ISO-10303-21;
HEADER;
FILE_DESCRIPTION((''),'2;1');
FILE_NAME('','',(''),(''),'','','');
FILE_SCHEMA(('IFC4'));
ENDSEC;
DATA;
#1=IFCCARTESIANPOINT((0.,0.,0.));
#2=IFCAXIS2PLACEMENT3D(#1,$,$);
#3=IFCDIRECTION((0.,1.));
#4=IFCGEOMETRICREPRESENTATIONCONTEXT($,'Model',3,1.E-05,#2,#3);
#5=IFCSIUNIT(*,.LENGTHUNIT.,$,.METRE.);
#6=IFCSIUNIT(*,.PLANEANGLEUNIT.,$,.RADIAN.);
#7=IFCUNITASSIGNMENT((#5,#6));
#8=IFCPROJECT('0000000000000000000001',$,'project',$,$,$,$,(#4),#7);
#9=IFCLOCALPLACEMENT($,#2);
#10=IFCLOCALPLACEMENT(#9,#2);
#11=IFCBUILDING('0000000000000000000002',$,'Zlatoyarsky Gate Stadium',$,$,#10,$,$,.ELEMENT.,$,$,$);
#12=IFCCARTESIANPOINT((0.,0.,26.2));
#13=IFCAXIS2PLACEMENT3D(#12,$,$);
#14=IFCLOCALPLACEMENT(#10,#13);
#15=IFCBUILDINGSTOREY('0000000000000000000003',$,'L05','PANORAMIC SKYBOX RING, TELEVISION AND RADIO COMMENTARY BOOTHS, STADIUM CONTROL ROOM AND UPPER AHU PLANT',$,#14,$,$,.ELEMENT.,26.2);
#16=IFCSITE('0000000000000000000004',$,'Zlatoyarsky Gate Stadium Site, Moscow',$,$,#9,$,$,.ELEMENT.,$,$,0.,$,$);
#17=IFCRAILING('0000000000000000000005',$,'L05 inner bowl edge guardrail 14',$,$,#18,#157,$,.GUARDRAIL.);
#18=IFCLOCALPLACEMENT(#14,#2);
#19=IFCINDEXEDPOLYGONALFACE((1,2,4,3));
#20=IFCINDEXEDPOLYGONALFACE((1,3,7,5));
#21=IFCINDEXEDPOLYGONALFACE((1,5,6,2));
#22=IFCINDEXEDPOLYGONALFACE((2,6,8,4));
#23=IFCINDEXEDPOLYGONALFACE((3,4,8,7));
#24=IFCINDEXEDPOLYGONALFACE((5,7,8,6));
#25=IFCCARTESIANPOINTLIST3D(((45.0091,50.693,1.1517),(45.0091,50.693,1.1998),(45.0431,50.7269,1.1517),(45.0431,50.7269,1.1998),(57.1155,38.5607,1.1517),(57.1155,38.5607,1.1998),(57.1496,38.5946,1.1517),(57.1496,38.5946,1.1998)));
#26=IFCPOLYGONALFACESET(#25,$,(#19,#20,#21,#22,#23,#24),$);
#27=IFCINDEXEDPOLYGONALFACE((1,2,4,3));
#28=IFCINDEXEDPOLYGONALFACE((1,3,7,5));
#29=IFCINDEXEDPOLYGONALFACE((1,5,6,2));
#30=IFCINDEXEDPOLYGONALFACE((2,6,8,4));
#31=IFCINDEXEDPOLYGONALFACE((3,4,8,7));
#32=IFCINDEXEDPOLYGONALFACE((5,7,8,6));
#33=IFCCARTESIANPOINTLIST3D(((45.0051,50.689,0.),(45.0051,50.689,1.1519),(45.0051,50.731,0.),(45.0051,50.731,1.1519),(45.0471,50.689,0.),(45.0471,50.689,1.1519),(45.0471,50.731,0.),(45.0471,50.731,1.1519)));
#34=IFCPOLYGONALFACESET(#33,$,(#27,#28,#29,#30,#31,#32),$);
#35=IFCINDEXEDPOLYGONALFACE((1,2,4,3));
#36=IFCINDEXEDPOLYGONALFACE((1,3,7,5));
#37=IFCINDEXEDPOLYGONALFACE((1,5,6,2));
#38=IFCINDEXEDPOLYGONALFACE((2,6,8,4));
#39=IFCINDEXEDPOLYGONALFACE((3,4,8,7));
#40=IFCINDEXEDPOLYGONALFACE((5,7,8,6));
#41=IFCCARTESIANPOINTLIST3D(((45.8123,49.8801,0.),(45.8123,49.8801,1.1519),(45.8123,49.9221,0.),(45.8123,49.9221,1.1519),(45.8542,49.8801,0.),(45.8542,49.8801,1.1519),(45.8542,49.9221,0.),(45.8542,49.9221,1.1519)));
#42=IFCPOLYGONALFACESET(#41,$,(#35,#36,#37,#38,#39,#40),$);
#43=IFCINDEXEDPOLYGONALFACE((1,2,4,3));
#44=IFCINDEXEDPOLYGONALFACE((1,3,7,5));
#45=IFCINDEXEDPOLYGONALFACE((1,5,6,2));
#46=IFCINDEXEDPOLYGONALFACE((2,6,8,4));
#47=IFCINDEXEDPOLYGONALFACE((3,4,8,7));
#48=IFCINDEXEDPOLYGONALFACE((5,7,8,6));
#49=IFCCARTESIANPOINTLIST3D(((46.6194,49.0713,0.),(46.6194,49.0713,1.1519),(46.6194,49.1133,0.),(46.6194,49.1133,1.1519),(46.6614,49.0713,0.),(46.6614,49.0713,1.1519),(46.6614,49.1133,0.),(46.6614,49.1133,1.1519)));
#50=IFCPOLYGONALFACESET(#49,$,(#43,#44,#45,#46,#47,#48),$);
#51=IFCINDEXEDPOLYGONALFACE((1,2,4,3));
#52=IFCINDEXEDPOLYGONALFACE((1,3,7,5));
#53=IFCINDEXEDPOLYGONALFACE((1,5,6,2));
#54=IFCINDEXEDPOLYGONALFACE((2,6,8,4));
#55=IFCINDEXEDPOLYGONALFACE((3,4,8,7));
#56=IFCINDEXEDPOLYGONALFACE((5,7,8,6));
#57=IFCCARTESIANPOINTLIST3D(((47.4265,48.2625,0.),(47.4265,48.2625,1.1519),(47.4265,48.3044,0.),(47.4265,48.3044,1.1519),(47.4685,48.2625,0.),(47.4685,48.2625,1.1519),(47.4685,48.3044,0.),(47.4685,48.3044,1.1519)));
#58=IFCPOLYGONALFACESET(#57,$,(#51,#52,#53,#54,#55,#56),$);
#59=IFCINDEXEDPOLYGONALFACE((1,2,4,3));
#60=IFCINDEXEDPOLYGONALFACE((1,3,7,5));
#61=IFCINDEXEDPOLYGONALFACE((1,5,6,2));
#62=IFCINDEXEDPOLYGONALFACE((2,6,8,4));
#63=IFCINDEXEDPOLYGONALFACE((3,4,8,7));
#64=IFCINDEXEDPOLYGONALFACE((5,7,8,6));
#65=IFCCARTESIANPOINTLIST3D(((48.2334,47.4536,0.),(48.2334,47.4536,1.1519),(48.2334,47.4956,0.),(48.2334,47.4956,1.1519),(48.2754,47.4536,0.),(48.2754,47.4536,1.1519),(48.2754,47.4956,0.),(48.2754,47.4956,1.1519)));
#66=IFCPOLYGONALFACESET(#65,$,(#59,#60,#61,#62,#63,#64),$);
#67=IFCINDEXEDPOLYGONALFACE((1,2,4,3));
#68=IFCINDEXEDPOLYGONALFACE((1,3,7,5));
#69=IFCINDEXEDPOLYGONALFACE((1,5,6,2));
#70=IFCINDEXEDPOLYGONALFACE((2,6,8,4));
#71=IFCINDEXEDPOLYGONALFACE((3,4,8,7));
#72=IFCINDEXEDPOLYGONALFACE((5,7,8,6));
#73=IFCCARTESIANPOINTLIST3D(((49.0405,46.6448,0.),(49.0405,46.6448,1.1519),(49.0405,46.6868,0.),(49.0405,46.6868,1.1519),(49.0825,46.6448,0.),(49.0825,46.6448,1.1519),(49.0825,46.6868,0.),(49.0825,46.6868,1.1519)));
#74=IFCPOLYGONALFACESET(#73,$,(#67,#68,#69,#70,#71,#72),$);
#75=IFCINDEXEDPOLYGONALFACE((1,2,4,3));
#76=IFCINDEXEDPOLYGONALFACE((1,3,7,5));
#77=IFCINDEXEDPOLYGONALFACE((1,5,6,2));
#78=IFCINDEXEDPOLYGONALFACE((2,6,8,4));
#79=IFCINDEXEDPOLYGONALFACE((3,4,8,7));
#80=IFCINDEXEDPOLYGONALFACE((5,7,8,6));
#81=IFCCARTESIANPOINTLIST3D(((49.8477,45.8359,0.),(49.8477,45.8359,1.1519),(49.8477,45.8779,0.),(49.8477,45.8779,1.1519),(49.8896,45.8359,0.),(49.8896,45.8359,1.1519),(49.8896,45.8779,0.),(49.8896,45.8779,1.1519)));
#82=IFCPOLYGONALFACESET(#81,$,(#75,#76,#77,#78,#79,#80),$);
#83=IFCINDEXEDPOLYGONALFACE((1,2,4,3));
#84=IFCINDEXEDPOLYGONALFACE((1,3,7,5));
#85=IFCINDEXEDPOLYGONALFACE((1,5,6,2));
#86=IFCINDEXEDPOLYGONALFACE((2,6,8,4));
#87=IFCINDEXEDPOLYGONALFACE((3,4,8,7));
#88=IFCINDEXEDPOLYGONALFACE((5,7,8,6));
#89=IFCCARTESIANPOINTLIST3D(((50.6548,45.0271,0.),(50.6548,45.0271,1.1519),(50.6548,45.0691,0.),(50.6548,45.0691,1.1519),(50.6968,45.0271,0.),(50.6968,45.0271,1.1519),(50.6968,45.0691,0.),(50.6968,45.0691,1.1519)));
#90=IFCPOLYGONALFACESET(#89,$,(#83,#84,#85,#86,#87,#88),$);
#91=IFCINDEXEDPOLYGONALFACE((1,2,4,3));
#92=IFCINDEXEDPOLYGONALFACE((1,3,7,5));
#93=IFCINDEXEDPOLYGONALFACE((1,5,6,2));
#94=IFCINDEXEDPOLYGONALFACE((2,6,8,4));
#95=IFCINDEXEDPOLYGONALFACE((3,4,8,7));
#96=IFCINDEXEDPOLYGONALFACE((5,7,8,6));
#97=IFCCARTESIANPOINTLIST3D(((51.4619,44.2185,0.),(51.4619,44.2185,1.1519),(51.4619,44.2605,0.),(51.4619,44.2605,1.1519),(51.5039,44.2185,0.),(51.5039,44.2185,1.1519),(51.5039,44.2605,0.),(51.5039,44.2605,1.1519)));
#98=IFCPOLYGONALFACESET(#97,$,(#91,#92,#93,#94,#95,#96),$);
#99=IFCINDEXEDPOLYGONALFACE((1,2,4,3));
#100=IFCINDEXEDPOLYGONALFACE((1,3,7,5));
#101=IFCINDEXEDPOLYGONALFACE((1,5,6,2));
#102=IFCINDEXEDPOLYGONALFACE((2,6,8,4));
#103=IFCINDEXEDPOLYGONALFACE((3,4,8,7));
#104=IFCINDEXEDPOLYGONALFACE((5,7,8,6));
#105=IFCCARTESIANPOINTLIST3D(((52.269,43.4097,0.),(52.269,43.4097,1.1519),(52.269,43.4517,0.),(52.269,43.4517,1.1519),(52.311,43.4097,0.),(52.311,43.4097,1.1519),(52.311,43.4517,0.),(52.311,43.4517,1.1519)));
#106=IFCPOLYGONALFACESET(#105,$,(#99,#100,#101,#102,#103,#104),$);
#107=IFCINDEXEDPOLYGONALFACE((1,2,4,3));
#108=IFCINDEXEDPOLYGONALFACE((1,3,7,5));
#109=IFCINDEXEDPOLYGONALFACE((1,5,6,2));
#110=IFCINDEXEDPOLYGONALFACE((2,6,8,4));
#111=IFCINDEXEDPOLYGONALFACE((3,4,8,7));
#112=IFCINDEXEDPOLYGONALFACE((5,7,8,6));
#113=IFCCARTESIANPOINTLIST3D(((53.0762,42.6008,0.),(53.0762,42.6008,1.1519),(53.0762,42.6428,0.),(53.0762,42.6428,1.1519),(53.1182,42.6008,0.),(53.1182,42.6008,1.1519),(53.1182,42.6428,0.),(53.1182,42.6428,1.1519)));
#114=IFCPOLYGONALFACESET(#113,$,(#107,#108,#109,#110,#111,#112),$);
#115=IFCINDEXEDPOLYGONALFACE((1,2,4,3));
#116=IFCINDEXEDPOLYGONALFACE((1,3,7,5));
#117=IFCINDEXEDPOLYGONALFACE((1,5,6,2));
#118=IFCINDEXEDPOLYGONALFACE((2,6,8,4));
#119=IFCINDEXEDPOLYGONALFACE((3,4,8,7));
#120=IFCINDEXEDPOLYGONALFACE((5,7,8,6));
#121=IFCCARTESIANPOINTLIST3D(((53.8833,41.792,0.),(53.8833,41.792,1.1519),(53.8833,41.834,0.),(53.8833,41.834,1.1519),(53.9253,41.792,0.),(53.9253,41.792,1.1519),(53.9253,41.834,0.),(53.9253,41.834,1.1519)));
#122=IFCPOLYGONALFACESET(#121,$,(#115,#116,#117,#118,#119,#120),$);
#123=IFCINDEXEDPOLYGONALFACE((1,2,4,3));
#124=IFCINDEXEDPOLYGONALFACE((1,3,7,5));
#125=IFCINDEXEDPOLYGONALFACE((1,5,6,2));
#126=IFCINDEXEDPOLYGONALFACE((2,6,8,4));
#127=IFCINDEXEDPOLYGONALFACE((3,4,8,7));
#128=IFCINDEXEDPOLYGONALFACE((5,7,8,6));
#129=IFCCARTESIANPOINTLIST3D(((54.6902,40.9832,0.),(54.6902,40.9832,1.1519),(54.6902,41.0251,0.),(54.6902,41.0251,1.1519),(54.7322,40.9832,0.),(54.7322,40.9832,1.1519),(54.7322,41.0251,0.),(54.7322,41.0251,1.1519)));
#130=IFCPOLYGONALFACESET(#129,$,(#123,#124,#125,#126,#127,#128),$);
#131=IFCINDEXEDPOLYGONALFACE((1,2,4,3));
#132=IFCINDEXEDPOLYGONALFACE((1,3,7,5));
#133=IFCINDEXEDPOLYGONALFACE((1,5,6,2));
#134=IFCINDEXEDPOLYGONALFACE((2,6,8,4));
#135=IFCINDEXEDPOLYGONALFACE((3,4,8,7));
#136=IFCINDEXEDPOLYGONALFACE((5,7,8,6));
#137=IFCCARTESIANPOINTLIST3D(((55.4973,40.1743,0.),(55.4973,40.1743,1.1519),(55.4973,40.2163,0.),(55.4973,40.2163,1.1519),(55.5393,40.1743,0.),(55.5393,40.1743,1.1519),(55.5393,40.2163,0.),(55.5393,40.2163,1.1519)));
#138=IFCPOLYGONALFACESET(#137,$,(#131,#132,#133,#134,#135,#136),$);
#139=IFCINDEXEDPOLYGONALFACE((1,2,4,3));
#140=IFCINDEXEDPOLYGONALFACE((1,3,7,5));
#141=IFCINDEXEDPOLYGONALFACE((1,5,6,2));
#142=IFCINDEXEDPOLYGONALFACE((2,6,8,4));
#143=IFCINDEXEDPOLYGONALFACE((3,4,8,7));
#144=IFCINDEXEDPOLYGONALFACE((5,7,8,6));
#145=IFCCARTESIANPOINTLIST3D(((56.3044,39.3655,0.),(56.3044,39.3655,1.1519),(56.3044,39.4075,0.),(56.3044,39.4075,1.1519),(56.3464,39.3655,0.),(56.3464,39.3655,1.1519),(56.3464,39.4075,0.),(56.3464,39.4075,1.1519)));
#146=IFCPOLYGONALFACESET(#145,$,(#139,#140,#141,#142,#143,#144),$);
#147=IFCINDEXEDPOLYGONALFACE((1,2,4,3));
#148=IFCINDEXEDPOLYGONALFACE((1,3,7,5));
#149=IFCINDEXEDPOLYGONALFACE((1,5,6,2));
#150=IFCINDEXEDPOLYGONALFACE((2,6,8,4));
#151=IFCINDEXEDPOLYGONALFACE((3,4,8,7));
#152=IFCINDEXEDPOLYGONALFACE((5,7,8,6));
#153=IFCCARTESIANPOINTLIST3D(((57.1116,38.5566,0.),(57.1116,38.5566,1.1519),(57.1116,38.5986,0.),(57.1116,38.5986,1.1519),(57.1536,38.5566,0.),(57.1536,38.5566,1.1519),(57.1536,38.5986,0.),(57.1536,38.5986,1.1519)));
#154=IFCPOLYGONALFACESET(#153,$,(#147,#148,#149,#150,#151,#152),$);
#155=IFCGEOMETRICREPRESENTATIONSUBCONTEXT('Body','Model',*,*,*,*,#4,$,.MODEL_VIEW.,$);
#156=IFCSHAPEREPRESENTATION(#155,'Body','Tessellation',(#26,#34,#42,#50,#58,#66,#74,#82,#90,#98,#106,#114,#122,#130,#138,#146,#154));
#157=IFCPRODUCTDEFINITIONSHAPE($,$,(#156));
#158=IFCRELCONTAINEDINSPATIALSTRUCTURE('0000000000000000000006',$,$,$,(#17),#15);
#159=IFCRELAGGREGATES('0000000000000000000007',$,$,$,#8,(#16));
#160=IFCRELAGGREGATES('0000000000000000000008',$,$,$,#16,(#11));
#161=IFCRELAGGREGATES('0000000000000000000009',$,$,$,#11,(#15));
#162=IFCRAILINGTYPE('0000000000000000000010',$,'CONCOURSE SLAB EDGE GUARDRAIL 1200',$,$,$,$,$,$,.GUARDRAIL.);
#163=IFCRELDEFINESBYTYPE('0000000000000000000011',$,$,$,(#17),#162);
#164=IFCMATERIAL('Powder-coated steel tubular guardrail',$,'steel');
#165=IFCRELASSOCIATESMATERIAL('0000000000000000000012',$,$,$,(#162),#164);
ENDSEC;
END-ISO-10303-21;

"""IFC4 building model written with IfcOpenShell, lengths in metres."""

from ifc_helpers import new_model, si_unit, direction, frame, origin, origin_2d, place, context, subcontext, project, spatial, rectangle, extrude, material, type_object, element, save


model = new_model("IFC4")

# Units and contexts
model_context = context("Model", 3, precision=1e-05, world=origin(), true_north=direction((0.0, 1.0)))
body_context = subcontext(model_context, "Body", "Model", "MODEL_VIEW")
ifc_project = project(units=[si_unit("LENGTHUNIT", "METRE"), si_unit("PLANEANGLEUNIT", "RADIAN")], contexts=[model_context])

# Site, building, storey
site_placement = place(None, origin())
site = spatial("IfcSite", under=ifc_project, at=site_placement, Name="Zlatoyarsky Gate Stadium Site, Moscow", CompositionType="ELEMENT", RefElevation=0.0)
building_placement = place(site_placement, origin())
building = spatial("IfcBuilding", under=site, at=building_placement, Name="Zlatoyarsky Gate Stadium", CompositionType="ELEMENT")
storey_placement = place(building_placement, frame((0.0, 0.0, 26.2)))
storey = spatial("IfcBuildingStorey", under=building, at=storey_placement, Name="L05", Description="PANORAMIC SKYBOX RING, TELEVISION AND RADIO COMMENTARY BOOTHS, STADIUM CONTROL ROOM AND UPPER AHU PLANT", CompositionType="ELEMENT", Elevation=26.2)

# Railing
ifc_material_1 = material(Name="Powder-coated steel tubular guardrail", Category="steel")
railing_type = type_object("IfcRailingType", Name="CONCOURSE SLAB EDGE GUARDRAIL 1200", PredefinedType="GUARDRAIL", material=ifc_material_1)
railing_1_placement = place(storey_placement, frame((45.0261, 50.71, 0.0)))
element("IfcRailing", 1, at=railing_1_placement, inside=storey, type_object=railing_type, Name="L05 inner bowl edge guardrail 14", PredefinedType="GUARDRAIL", context=body_context, shape_type="SweptSolid", body=[
    extrude(rectangle(XDim=0.0481, YDim=0.0481, at=origin_2d()), frame((0.0, 0.0, 1.1758), z_axis=(0.706351, -0.707861, 0.0), x_axis=(0.707861, 0.706351, 0.0)), (0.0, 0.0, 1.0), 17.1394),
    extrude(rectangle(XDim=0.042, YDim=0.042, at=origin_2d()), origin(), (0.0, 0.0, 1.0), 1.1519),
    extrude(rectangle(XDim=0.042, YDim=0.042, at=origin_2d()), frame((0.8071, -0.8088, 0.0)), (0.0, 0.0, 1.0), 1.1519),
    extrude(rectangle(XDim=0.042, YDim=0.042, at=origin_2d()), frame((1.6143, -1.6177, 0.0)), (0.0, 0.0, 1.0), 1.1519),
    extrude(rectangle(XDim=0.042, YDim=0.042, at=origin_2d()), frame((2.4214, -2.4265, 0.0)), (0.0, 0.0, 1.0), 1.1519),
    extrude(rectangle(XDim=0.042, YDim=0.042, at=origin_2d()), frame((3.2283, -3.2354, 0.0)), (0.0, 0.0, 1.0), 1.1519),
    extrude(rectangle(XDim=0.042, YDim=0.042, at=origin_2d()), frame((4.0354, -4.0442, 0.0)), (0.0, 0.0, 1.0), 1.1519),
    extrude(rectangle(XDim=0.042, YDim=0.042, at=origin_2d()), frame((4.8425, -4.853, 0.0)), (0.0, 0.0, 1.0), 1.1519),
    extrude(rectangle(XDim=0.042, YDim=0.042, at=origin_2d()), frame((5.6497, -5.6619, 0.0)), (0.0, 0.0, 1.0), 1.1519),
    extrude(rectangle(XDim=0.042, YDim=0.042, at=origin_2d()), frame((6.4568, -6.4705, 0.0)), (0.0, 0.0, 1.0), 1.1519),
    extrude(rectangle(XDim=0.042, YDim=0.042, at=origin_2d()), frame((7.2639, -7.2793, 0.0)), (0.0, 0.0, 1.0), 1.1519),
    extrude(rectangle(XDim=0.042, YDim=0.042, at=origin_2d()), frame((8.071, -8.0881, 0.0)), (0.0, 0.0, 1.0), 1.1519),
    extrude(rectangle(XDim=0.042, YDim=0.042, at=origin_2d()), frame((8.8782, -8.897, 0.0)), (0.0, 0.0, 1.0), 1.1519),
    extrude(rectangle(XDim=0.042, YDim=0.042, at=origin_2d()), frame((9.6851, -9.7058, 0.0)), (0.0, 0.0, 1.0), 1.1519),
    extrude(rectangle(XDim=0.042, YDim=0.042, at=origin_2d()), frame((10.4922, -10.5146, 0.0)), (0.0, 0.0, 1.0), 1.1519),
    extrude(rectangle(XDim=0.042, YDim=0.042, at=origin_2d()), frame((11.2993, -11.3235, 0.0)), (0.0, 0.0, 1.0), 1.1519),
    extrude(rectangle(XDim=0.042, YDim=0.042, at=origin_2d()), frame((12.1064, -12.1323, 0.0)), (0.0, 0.0, 1.0), 1.1519),
])

save(model, "model.ifc")
